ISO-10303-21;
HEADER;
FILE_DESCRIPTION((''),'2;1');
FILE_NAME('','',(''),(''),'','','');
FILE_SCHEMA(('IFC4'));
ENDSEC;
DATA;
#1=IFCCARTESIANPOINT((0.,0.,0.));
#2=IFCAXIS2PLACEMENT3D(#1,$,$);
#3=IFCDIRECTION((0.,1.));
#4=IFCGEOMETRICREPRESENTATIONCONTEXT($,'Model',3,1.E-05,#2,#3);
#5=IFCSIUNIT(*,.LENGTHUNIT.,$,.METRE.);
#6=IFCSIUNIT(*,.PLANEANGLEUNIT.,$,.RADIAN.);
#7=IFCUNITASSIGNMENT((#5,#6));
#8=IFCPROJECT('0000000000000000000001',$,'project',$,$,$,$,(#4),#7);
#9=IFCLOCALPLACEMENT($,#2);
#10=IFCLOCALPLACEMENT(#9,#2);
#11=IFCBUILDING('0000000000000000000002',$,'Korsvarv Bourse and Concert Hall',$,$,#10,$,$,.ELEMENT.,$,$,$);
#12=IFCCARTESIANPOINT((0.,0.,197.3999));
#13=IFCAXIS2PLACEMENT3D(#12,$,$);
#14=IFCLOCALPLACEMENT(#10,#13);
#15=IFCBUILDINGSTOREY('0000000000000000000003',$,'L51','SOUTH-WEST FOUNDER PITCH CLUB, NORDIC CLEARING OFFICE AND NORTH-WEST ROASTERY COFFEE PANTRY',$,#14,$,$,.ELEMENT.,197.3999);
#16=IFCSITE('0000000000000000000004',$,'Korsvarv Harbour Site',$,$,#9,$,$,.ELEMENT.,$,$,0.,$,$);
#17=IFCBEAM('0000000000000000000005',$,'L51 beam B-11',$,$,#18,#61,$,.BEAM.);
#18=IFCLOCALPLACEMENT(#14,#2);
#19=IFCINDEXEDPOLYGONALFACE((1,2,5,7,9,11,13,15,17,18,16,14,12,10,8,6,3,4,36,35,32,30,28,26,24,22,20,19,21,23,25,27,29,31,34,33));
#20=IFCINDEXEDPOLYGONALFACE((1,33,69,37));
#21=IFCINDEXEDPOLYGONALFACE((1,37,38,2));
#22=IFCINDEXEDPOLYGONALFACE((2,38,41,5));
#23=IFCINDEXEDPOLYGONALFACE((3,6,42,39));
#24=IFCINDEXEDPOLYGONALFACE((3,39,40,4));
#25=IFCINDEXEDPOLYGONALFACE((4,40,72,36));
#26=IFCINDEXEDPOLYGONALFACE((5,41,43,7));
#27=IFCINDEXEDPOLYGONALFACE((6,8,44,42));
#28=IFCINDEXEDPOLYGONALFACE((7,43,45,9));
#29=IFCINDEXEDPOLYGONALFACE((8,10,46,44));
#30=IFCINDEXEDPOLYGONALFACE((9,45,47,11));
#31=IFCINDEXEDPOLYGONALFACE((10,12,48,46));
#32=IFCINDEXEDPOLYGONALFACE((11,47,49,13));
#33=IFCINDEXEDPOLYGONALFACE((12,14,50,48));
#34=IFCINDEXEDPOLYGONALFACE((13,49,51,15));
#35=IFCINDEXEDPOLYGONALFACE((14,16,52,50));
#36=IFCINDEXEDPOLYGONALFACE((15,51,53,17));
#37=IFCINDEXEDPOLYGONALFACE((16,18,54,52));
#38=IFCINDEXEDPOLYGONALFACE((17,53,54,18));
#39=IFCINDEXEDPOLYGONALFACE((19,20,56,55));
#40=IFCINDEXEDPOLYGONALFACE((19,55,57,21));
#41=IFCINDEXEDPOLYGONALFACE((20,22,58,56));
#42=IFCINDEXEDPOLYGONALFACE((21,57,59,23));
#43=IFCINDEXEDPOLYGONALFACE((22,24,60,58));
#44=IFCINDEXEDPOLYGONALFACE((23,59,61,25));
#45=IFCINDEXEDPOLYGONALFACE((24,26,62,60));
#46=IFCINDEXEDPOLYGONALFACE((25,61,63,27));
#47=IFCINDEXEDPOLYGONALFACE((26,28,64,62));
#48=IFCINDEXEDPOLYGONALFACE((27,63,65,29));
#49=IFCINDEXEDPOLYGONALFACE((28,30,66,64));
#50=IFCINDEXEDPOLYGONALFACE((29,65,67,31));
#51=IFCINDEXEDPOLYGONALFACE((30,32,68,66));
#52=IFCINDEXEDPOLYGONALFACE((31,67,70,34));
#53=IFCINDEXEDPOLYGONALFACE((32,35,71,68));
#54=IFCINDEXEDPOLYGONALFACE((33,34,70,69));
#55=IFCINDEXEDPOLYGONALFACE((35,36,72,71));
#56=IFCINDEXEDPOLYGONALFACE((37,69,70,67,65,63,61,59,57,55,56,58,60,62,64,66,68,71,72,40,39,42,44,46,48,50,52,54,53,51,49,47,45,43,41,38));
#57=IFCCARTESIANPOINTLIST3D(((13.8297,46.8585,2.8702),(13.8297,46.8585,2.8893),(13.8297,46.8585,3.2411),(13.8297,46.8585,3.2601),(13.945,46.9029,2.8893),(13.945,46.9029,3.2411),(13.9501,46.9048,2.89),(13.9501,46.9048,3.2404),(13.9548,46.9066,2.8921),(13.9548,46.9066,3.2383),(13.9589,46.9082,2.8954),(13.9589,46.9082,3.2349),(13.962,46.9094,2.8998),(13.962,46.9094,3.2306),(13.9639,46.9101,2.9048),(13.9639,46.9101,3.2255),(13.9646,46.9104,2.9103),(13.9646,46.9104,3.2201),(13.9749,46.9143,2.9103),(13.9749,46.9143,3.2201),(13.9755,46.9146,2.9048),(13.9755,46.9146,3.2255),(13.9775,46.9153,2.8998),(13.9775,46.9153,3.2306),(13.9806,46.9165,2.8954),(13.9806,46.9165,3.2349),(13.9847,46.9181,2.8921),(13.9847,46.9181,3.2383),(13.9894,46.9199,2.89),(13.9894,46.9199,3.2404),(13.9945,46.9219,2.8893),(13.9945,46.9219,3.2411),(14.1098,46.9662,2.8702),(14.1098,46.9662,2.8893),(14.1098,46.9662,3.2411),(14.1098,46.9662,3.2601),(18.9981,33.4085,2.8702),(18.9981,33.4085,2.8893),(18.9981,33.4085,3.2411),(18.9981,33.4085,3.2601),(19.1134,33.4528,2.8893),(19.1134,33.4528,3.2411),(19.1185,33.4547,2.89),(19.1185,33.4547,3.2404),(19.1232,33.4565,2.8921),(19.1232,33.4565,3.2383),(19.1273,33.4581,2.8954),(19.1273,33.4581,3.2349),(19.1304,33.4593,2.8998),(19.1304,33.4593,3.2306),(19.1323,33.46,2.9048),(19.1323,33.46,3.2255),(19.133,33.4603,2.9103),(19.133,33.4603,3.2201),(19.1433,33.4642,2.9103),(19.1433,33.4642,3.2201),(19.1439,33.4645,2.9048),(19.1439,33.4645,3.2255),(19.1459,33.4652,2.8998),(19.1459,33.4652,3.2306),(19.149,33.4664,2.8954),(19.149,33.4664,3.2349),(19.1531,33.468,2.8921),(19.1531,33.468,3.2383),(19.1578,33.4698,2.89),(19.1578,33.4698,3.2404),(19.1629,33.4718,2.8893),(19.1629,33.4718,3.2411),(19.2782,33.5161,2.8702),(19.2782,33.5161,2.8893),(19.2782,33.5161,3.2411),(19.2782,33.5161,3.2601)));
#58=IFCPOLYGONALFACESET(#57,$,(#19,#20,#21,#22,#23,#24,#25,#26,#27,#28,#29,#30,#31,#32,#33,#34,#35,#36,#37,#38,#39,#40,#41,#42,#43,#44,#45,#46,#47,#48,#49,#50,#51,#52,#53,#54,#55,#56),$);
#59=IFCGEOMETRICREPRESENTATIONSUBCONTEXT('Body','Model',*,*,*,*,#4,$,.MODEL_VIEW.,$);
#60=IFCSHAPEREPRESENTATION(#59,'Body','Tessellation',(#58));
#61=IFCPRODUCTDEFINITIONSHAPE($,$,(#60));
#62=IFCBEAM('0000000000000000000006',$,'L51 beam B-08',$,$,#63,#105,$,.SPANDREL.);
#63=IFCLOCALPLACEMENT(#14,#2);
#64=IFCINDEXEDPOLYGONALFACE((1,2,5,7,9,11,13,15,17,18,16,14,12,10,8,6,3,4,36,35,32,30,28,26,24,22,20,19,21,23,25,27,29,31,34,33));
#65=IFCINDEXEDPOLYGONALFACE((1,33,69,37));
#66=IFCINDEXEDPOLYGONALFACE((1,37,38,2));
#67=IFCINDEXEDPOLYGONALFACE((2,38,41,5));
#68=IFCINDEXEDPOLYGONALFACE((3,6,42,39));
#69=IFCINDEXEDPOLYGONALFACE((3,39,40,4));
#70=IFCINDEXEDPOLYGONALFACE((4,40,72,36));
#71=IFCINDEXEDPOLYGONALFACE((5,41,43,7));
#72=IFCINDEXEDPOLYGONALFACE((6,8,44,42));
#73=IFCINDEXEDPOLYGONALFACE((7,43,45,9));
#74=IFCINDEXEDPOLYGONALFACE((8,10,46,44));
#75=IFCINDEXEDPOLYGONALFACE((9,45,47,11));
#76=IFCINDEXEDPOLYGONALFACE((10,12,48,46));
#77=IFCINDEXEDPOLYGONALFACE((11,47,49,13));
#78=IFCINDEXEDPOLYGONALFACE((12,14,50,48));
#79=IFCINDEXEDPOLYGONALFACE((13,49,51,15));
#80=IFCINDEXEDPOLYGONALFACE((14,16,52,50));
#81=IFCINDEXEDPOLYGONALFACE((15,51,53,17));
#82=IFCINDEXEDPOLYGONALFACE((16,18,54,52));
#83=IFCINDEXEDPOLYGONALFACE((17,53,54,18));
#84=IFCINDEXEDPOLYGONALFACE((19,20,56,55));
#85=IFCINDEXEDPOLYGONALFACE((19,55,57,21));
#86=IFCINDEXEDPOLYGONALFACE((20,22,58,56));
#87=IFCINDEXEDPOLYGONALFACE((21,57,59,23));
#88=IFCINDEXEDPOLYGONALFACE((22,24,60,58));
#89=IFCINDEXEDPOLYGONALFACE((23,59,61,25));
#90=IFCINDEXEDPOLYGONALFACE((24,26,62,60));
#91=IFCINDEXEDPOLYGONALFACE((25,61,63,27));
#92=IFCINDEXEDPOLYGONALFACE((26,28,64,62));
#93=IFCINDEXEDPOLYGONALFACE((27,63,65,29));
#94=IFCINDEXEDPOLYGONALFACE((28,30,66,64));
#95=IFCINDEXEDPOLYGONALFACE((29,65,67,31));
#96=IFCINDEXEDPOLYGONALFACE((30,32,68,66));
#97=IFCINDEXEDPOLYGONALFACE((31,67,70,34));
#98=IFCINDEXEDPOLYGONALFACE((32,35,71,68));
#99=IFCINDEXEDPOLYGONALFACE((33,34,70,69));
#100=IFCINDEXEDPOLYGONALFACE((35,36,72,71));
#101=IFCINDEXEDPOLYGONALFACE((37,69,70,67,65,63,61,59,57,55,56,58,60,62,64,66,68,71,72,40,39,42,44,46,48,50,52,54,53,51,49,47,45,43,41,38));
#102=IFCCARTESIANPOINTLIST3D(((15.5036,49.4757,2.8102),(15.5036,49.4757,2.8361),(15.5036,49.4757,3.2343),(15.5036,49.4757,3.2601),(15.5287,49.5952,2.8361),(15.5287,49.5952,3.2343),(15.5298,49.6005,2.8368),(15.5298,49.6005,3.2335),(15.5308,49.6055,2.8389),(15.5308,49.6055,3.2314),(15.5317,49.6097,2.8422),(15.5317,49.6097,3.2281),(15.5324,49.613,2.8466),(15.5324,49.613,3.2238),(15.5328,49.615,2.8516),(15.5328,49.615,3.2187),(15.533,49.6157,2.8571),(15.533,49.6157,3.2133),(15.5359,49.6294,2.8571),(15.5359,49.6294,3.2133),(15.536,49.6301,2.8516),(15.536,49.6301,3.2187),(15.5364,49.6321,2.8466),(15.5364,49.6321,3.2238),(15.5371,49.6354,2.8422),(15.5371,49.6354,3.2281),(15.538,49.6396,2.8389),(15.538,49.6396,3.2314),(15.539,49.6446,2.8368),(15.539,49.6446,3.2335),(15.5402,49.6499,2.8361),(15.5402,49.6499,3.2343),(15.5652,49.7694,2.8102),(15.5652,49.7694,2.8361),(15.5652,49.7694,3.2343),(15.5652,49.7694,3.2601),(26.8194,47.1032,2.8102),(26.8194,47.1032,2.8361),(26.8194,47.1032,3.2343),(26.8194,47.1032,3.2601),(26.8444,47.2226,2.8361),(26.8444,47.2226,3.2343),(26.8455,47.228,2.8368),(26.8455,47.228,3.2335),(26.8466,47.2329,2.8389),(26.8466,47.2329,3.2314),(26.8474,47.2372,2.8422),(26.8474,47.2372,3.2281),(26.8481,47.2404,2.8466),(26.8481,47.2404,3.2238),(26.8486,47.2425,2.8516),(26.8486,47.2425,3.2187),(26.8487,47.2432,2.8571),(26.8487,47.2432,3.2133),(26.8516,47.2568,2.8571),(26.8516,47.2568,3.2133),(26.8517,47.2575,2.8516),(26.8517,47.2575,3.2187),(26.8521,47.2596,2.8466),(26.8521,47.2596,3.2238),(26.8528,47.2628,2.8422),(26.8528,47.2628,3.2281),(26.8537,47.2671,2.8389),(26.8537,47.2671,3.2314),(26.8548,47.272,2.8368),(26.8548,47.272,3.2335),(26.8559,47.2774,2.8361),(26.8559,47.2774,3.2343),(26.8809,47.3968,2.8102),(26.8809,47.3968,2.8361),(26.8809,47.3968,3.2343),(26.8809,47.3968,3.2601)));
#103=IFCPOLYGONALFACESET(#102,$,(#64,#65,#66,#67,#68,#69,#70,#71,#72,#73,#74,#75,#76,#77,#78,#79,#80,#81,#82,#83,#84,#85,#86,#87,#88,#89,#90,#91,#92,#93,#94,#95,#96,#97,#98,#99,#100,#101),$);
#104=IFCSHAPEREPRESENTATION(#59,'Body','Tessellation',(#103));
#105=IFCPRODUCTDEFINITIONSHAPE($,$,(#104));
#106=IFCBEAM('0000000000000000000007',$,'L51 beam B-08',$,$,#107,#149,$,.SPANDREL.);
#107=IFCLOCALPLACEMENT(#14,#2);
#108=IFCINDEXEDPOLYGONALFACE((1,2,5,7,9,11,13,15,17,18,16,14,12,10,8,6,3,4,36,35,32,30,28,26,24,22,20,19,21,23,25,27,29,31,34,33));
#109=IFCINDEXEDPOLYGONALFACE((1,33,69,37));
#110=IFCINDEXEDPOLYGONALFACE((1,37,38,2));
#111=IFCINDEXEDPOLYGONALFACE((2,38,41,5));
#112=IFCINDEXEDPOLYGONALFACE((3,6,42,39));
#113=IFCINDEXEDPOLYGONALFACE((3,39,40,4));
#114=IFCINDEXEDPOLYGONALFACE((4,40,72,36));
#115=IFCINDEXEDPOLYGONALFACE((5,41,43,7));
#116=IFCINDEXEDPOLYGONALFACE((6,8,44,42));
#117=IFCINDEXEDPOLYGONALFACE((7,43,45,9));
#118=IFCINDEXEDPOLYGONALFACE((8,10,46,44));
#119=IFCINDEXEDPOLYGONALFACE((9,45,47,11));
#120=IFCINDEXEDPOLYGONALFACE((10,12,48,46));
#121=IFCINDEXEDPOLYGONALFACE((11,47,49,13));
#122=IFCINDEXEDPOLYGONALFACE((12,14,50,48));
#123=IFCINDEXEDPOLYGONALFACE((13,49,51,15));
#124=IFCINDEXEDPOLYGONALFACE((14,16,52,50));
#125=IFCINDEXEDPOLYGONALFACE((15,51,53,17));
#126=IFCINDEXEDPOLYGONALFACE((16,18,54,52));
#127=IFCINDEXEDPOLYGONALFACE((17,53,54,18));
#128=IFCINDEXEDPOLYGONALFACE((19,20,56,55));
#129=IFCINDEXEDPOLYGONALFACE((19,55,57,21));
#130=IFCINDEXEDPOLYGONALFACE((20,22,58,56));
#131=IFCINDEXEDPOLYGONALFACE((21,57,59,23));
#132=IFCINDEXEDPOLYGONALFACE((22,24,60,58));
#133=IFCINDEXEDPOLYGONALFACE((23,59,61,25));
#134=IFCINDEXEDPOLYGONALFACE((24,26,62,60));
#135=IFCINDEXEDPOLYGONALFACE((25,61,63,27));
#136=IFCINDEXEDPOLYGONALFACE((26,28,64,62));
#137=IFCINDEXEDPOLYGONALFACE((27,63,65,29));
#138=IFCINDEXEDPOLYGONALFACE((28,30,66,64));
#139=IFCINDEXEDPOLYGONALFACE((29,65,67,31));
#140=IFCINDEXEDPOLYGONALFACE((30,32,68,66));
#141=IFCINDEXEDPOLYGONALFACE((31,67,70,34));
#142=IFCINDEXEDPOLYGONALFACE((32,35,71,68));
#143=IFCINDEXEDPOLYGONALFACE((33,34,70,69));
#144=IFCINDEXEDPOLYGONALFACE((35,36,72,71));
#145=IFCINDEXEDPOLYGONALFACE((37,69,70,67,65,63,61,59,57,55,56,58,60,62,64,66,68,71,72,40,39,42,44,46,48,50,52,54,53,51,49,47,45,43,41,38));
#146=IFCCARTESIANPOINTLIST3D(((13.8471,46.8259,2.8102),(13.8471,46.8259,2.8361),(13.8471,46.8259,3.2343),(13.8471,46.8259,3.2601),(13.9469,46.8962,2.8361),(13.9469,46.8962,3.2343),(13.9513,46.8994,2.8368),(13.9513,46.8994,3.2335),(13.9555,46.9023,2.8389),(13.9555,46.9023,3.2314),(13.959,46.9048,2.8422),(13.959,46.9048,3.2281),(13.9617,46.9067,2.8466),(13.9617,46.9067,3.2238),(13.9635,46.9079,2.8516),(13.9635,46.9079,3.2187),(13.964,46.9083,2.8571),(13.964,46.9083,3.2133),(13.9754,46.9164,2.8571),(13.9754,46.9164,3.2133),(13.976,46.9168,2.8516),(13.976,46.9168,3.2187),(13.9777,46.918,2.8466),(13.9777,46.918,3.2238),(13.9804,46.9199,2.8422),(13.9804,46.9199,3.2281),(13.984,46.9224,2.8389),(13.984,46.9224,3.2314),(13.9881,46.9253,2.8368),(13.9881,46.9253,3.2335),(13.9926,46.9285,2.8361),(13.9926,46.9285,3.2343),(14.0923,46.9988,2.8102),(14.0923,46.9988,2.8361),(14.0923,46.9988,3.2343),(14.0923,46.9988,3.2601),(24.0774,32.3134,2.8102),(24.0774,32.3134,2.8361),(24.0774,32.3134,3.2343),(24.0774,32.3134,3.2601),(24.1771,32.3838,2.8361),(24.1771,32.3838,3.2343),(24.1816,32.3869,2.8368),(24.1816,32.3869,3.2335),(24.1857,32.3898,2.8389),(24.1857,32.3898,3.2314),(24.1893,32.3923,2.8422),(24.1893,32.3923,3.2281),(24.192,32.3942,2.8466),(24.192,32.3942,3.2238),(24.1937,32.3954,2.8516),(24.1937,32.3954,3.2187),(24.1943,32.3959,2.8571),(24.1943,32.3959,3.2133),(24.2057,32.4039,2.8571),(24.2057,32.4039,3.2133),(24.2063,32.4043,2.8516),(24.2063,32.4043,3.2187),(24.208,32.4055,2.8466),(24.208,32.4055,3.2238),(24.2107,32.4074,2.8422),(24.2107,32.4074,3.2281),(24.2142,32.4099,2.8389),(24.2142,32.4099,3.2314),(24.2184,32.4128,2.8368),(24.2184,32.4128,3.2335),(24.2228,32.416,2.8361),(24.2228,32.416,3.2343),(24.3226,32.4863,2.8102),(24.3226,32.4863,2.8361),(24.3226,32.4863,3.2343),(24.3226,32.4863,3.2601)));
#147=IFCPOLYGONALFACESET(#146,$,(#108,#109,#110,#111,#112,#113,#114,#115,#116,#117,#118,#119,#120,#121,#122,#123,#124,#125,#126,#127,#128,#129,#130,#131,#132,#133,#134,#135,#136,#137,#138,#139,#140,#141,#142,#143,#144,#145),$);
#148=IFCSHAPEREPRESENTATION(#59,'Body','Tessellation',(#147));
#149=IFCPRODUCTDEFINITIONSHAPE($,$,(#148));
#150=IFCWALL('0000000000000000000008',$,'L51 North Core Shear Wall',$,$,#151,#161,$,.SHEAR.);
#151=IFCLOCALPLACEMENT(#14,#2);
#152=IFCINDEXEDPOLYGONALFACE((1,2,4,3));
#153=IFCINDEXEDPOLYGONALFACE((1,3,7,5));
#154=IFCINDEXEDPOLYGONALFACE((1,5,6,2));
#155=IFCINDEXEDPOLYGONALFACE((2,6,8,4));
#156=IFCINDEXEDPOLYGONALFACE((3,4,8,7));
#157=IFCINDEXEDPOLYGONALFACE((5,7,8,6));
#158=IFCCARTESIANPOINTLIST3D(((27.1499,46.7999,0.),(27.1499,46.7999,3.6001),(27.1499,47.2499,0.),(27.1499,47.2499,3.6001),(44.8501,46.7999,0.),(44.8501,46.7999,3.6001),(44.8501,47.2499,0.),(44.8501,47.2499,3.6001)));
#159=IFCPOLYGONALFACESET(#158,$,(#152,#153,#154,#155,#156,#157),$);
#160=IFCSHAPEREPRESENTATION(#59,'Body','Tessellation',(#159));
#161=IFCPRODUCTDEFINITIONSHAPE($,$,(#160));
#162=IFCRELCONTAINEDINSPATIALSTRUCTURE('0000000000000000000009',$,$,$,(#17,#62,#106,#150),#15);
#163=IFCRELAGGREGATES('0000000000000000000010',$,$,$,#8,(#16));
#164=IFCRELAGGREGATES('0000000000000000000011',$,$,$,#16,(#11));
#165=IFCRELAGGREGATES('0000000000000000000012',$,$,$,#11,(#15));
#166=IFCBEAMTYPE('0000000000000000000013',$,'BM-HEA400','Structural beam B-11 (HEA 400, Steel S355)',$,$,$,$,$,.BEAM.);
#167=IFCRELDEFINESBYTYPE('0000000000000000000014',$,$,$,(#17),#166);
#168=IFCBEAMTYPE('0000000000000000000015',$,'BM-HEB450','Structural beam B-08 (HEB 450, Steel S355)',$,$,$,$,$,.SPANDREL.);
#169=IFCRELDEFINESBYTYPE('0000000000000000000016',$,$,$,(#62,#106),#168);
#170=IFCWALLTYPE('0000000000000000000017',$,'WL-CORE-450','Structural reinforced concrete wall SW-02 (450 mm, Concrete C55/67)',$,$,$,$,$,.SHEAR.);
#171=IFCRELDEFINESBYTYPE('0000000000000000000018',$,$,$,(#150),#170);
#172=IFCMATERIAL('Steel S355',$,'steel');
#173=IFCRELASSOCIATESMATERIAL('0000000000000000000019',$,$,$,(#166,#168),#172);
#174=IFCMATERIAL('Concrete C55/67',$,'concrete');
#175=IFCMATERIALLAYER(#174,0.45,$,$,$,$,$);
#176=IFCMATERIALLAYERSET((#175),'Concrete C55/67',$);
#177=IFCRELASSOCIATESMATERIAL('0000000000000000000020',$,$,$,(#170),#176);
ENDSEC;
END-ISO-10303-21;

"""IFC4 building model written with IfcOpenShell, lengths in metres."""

from ifc_helpers import new_model, si_unit, direction, frame, frame_2d, origin, origin_2d, place, context, subcontext, project, spatial, rectangle, i_section, extrude, source, transform, mapped, material, layer, layer_set, material_profile, profile_set, type_object, element, save


model = new_model("IFC4")

# Units and contexts
model_context = context("Model", 3, precision=1e-05, world=origin(), true_north=direction((0.0, 1.0)))
body_context = subcontext(model_context, "Body", "Model", "MODEL_VIEW")
ifc_project = project(units=[si_unit("LENGTHUNIT", "METRE"), si_unit("PLANEANGLEUNIT", "RADIAN")], contexts=[model_context])

# Site, building, storey
site_placement = place(None, origin())
site = spatial("IfcSite", under=ifc_project, at=site_placement, Name="Korsvarv Harbour Site", CompositionType="ELEMENT", RefElevation=0.0)
building_placement = place(site_placement, origin())
building = spatial("IfcBuilding", under=site, at=building_placement, Name="Korsvarv Bourse and Concert Hall", CompositionType="ELEMENT")
storey_placement = place(building_placement, frame((0.0, 0.0, 197.3999)))
storey = spatial("IfcBuildingStorey", under=building, at=storey_placement, Name="L51", Description="SOUTH-WEST FOUNDER PITCH CLUB, NORDIC CLEARING OFFICE AND NORTH-WEST ROASTERY COFFEE PANTRY", CompositionType="ELEMENT", Elevation=197.3999)

# Shared definitions
ifc_material_1 = material(Name="Concrete C55/67", Category="concrete")
ifc_material_2 = material(Name="Steel S355", Category="steel")

# Beams
ifc_material_profile_1 = material_profile(ifc_material_2, i_section(OverallWidth=0.3, OverallDepth=0.3899, WebThickness=0.011, FlangeThickness=0.019, FilletRadius=0.021, at=origin_2d()), Name="HEA 400")
ifc_profile_set_1 = profile_set([ifc_material_profile_1], Name="Steel S355")
beam_type_1 = type_object("IfcBeamType", Name="BM-HEA400", Description="Structural beam B-11 (HEA 400, Steel S355)", PredefinedType="BEAM", material=ifc_profile_set_1)
shared_shape_1 = source(origin(), body_context, "Body", "SweptSolid", [
    extrude(i_section(OverallWidth=0.3, OverallDepth=0.3899, WebThickness=0.011, FlangeThickness=0.019, FilletRadius=0.021, at=origin_2d()), origin(), (0.0, 0.0, 1.0), 14.4089),
])
beam_1_placement = place(storey_placement, frame((13.9697, 46.9124, 3.0652), z_axis=(0.358695, -0.933455, 0.0), x_axis=(0.933455, 0.358695, 0.0)))
element("IfcBeam", 1, at=beam_1_placement, inside=storey, type_object=beam_type_1, Name="L51 beam B-11", PredefinedType="BEAM", context=body_context, shape_type="MappedRepresentation", body=[
    mapped(shared_shape_1, transform((0.0, 0.0, 0.0), scale=1.0)),
])
ifc_material_profile_2 = material_profile(ifc_material_2, i_section(OverallWidth=0.3, OverallDepth=0.45, WebThickness=0.0139, FlangeThickness=0.0259, FilletRadius=0.021, at=origin_2d()), Name="HEB 450")
ifc_profile_set_2 = profile_set([ifc_material_profile_2], Name="Steel S355")
beam_type_2 = type_object("IfcBeamType", Name="BM-HEB450", Description="Structural beam B-08 (HEB 450, Steel S355)", PredefinedType="SPANDREL", material=ifc_profile_set_2)
shared_shape_2 = source(origin(), body_context, "Body", "SweptSolid", [
    extrude(i_section(OverallWidth=0.3, OverallDepth=0.45, WebThickness=0.0139, FlangeThickness=0.0259, FilletRadius=0.021, at=origin_2d()), origin(), (0.0, 0.0, 1.0), 11.5618),
])
beam_2_placement = place(storey_placement, frame((15.5344, 49.6226, 3.0352), z_axis=(0.978718, -0.205208, 0.0), x_axis=(0.205208, 0.978718, 0.0)))
element("IfcBeam", 2, at=beam_2_placement, inside=storey, type_object=beam_type_2, Name="L51 beam B-08", PredefinedType="SPANDREL", context=body_context, shape_type="MappedRepresentation", body=[
    mapped(shared_shape_2, transform((0.0, 0.0, 0.0), scale=1.0)),
])
shared_shape_3 = source(origin(), body_context, "Body", "SweptSolid", [
    extrude(i_section(OverallWidth=0.3, OverallDepth=0.45, WebThickness=0.0139, FlangeThickness=0.0259, FilletRadius=0.021, at=origin_2d()), origin(), (0.0, 0.0, 1.0), 17.7559),
])
beam_3_placement = place(storey_placement, frame((13.9697, 46.9124, 3.0352), z_axis=(0.576162, -0.817335, 0.0), x_axis=(0.817335, 0.576162, 0.0)))
element("IfcBeam", 3, at=beam_3_placement, inside=storey, type_object=beam_type_2, Name="L51 beam B-08", PredefinedType="SPANDREL", context=body_context, shape_type="MappedRepresentation", body=[
    mapped(shared_shape_3, transform((0.0, 0.0, 0.0), scale=1.0)),
])

# Wall
ifc_layer_1 = layer(ifc_material_1, 0.45)
ifc_layer_set_1 = layer_set([ifc_layer_1], Name="Concrete C55/67")
wall_type_1 = type_object("IfcWallType", Name="WL-CORE-450", Description="Structural reinforced concrete wall SW-02 (450 mm, Concrete C55/67)", PredefinedType="SHEAR", material=ifc_layer_set_1)
wall_1_placement = place(storey_placement, frame((27.1499, 47.0249, 0.0), z_axis=(0.0, 0.0, 1.0), x_axis=(1.0, 0.0, 0.0)))
element("IfcWall", 4, at=wall_1_placement, inside=storey, type_object=wall_type_1, Name="L51 North Core Shear Wall", PredefinedType="SHEAR", context=body_context, shape_type="SweptSolid", body=[
    extrude(rectangle(XDim=17.7002, YDim=0.45, at=frame_2d((8.8501, 0.0))), origin(), (0.0, 0.0, 1.0), 3.6001),
])

save(model, "model.ifc")
